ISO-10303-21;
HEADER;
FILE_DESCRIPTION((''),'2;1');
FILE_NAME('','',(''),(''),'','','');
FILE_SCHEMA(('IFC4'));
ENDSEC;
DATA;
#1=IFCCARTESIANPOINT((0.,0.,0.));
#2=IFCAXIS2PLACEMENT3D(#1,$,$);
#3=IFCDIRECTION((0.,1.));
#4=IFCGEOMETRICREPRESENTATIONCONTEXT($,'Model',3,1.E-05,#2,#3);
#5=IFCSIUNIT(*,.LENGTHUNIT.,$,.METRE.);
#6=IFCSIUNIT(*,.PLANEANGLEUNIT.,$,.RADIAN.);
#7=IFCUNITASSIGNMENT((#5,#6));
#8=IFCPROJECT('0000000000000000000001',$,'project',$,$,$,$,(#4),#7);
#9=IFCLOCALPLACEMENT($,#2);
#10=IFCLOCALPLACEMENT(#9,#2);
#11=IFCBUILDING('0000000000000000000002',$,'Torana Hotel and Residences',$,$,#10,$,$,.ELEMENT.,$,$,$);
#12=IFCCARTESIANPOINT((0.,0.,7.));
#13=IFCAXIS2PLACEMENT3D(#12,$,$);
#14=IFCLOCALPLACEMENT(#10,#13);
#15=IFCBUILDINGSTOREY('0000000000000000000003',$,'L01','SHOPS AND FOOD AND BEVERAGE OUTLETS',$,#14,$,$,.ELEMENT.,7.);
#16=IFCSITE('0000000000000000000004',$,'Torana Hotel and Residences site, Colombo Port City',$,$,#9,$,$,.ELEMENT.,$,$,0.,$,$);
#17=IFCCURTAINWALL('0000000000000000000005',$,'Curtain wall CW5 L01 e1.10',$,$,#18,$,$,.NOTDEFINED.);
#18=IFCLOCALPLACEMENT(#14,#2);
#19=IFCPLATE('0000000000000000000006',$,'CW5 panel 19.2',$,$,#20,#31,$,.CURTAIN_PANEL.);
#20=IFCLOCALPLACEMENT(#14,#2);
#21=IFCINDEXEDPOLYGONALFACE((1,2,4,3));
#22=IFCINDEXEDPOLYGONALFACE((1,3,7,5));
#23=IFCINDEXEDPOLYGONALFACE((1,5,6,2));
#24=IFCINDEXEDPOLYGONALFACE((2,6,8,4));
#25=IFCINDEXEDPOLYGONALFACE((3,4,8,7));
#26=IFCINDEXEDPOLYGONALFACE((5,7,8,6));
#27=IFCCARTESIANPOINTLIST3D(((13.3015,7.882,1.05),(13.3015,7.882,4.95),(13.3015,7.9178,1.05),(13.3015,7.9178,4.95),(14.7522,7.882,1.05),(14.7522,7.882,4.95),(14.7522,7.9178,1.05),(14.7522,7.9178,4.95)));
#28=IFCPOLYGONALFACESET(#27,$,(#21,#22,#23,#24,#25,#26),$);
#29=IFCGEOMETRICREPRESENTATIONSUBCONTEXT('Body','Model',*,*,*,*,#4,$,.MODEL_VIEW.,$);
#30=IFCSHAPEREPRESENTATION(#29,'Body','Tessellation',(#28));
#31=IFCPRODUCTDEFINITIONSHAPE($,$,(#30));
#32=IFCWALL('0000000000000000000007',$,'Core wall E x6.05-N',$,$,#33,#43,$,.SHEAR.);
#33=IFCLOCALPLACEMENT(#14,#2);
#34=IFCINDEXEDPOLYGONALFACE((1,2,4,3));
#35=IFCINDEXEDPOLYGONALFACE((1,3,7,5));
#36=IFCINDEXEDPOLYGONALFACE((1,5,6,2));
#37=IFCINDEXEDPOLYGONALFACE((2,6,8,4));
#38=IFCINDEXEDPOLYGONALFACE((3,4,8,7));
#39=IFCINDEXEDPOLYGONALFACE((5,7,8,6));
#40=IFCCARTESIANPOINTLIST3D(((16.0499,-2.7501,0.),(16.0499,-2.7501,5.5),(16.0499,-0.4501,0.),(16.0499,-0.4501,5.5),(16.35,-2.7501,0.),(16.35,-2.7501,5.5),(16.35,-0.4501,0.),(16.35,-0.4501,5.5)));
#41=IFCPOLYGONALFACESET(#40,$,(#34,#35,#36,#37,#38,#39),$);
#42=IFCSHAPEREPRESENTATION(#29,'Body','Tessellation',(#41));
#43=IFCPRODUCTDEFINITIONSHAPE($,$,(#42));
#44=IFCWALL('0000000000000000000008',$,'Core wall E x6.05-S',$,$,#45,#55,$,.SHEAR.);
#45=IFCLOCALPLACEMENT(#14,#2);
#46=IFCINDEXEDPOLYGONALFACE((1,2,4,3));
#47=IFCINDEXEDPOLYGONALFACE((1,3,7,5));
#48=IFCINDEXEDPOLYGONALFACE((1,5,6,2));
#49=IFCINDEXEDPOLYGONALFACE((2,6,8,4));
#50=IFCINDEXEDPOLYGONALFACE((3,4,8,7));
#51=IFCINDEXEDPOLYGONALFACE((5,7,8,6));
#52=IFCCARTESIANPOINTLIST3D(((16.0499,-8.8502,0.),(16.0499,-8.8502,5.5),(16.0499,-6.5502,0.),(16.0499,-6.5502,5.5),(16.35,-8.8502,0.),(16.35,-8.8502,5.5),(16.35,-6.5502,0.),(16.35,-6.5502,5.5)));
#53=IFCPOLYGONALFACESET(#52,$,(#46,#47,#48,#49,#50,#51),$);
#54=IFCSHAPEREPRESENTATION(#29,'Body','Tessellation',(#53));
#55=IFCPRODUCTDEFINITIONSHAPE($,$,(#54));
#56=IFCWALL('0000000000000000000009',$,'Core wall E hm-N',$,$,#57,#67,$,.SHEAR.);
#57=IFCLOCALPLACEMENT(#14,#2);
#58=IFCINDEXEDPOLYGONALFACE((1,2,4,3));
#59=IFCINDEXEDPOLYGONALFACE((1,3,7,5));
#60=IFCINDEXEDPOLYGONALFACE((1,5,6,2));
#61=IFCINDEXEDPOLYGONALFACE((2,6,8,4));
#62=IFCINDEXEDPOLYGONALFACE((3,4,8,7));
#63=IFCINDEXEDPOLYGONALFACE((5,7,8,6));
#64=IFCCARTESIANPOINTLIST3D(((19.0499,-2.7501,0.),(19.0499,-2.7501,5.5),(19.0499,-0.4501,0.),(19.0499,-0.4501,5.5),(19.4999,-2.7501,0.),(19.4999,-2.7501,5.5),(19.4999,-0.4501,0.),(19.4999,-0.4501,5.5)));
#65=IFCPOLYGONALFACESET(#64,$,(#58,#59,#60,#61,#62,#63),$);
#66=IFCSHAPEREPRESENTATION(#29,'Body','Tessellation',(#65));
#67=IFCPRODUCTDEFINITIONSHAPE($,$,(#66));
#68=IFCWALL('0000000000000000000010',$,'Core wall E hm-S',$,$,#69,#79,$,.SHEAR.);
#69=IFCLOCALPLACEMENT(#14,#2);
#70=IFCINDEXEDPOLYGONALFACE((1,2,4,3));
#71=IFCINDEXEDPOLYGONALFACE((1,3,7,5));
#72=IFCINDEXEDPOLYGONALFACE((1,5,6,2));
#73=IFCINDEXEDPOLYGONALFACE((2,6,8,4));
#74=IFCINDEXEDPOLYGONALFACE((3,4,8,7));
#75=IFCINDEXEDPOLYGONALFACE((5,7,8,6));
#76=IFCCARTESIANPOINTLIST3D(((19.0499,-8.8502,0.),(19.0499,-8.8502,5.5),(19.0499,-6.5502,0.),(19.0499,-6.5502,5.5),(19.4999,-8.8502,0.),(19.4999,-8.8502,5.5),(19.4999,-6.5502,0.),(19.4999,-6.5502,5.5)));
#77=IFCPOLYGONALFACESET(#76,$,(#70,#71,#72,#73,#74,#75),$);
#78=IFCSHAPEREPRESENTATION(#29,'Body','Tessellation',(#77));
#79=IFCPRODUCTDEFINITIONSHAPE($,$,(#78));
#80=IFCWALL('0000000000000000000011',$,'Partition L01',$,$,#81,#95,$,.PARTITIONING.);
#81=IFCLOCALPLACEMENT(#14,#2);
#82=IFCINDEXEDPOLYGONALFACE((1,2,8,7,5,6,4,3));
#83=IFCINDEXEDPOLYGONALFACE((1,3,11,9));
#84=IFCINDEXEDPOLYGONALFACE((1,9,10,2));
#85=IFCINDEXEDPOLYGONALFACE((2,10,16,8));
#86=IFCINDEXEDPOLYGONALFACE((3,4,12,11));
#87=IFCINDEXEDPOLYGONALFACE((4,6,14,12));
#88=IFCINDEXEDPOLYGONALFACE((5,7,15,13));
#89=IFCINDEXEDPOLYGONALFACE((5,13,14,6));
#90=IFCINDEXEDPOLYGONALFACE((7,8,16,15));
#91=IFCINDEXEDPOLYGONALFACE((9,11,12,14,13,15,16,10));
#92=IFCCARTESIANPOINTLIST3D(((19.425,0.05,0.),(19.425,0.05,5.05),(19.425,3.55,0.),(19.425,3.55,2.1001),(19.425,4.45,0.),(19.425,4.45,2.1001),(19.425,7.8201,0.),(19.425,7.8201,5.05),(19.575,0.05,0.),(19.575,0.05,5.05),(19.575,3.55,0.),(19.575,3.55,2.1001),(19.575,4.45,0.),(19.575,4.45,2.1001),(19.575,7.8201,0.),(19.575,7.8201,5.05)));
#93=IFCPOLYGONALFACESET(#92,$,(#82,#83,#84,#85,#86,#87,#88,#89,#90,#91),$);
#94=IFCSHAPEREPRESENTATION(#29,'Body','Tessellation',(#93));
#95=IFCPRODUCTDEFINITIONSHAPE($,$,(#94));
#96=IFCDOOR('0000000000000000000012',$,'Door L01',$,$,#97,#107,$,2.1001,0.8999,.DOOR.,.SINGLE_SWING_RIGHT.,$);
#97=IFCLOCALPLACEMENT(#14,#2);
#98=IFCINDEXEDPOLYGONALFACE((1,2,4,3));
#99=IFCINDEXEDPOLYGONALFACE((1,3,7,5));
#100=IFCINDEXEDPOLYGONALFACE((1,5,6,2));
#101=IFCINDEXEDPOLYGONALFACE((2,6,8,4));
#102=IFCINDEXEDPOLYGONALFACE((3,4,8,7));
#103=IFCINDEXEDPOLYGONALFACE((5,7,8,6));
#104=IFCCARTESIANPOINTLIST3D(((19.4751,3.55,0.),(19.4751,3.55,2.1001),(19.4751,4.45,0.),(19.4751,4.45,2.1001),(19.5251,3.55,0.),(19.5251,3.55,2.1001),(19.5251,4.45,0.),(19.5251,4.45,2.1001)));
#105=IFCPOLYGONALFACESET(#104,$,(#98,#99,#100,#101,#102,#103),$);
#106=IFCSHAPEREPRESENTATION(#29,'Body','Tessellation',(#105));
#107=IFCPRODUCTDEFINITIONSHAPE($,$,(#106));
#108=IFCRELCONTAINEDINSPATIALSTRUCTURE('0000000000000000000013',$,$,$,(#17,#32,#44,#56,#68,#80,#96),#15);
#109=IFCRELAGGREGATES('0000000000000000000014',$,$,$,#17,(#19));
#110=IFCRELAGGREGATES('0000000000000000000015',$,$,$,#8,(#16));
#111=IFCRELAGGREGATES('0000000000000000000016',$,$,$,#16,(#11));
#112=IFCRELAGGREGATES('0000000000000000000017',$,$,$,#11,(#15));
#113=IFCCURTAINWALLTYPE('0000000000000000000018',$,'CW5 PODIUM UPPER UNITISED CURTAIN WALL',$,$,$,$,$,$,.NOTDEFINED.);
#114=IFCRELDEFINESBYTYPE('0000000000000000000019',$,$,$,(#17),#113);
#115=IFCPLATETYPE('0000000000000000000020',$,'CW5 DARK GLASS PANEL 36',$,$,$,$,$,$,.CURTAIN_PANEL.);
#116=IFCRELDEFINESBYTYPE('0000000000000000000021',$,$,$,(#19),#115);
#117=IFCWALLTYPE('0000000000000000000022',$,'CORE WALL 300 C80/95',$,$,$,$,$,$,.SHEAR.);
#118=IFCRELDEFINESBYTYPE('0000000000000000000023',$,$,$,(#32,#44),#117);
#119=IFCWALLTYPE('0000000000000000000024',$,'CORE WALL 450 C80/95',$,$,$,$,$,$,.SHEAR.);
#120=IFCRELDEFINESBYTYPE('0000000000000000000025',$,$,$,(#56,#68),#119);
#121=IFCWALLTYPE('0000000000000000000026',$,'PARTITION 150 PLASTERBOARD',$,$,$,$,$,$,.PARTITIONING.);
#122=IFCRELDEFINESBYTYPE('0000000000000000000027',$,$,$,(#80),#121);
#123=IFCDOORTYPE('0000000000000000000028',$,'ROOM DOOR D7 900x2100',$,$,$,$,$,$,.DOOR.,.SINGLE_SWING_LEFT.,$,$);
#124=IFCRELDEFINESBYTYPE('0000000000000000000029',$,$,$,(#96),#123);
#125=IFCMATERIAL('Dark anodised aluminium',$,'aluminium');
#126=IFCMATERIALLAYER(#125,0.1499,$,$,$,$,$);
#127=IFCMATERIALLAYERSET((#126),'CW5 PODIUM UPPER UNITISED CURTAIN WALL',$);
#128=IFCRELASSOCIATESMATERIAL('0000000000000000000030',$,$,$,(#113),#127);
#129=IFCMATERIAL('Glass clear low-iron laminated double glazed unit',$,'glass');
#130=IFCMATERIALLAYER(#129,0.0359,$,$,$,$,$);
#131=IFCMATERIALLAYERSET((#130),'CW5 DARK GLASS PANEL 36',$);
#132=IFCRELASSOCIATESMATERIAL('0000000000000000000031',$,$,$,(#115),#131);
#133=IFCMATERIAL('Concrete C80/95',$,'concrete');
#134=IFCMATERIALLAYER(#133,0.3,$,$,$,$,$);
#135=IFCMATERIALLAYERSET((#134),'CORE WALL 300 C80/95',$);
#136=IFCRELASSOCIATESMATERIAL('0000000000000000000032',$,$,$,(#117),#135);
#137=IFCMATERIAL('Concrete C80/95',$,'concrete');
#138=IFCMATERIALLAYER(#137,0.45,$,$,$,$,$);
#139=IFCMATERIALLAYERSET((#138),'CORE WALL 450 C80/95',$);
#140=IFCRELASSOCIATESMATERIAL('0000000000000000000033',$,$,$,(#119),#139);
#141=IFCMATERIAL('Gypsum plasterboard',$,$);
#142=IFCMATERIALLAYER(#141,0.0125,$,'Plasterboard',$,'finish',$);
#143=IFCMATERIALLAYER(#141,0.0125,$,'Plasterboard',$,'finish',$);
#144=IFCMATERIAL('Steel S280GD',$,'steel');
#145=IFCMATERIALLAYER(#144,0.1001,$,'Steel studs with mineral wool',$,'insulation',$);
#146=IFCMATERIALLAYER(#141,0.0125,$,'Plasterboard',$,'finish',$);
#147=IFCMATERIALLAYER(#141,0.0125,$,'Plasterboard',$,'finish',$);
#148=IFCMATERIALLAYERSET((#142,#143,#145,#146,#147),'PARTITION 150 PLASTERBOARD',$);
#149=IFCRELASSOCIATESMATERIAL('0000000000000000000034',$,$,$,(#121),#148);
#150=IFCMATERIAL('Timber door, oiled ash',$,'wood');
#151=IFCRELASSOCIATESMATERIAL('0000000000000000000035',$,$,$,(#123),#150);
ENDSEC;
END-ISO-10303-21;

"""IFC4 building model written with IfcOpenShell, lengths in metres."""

from ifc_helpers import new_model, si_unit, direction, frame, frame_2d, origin, origin_2d, place, context, subcontext, project, spatial, rectangle, extrude, material, layer, layer_set, type_object, element, fill, aggregate, save


model = new_model("IFC4")

# Units and contexts
model_context = context("Model", 3, precision=1e-05, world=origin(), true_north=direction((0.0, 1.0)))
body_context = subcontext(model_context, "Body", "Model", "MODEL_VIEW")
ifc_project = project(units=[si_unit("LENGTHUNIT", "METRE"), si_unit("PLANEANGLEUNIT", "RADIAN")], contexts=[model_context])

# Site, building, storey
site_placement = place(None, origin())
site = spatial("IfcSite", under=ifc_project, at=site_placement, Name="Torana Hotel and Residences site, Colombo Port City", CompositionType="ELEMENT", RefElevation=0.0)
building_placement = place(site_placement, origin())
building = spatial("IfcBuilding", under=site, at=building_placement, Name="Torana Hotel and Residences", CompositionType="ELEMENT")
storey_placement = place(building_placement, frame((0.0, 0.0, 7.0)))
storey = spatial("IfcBuildingStorey", under=building, at=storey_placement, Name="L01", Description="SHOPS AND FOOD AND BEVERAGE OUTLETS", CompositionType="ELEMENT", Elevation=7.0)

# Curtain wall, plate
ifc_material_1 = material(Name="Dark anodised aluminium", Category="aluminium")
ifc_layer_1 = layer(ifc_material_1, 0.1499)
ifc_layer_set_1 = layer_set([ifc_layer_1], Name="CW5 PODIUM UPPER UNITISED CURTAIN WALL")
curtain_wall_type = type_object("IfcCurtainWallType", Name="CW5 PODIUM UPPER UNITISED CURTAIN WALL", PredefinedType="NOTDEFINED", material=ifc_layer_set_1)
curtain_wall_placement = place(storey_placement, origin())
curtain_wall = element("IfcCurtainWall", 1, at=curtain_wall_placement, inside=storey, type_object=curtain_wall_type, Name="Curtain wall CW5 L01 e1.10", PredefinedType="NOTDEFINED")
ifc_material_2 = material(Name="Glass clear low-iron laminated double glazed unit", Category="glass")
ifc_layer_2 = layer(ifc_material_2, 0.0359)
ifc_layer_set_2 = layer_set([ifc_layer_2], Name="CW5 DARK GLASS PANEL 36")
plate_type = type_object("IfcPlateType", Name="CW5 DARK GLASS PANEL 36", PredefinedType="CURTAIN_PANEL", material=ifc_layer_set_2)
plate_1_placement = place(storey_placement, frame((14.0269, 7.8999, 1.05), z_axis=(0.0, 0.0, 1.0), x_axis=(-1.0, 0.0, 0.0)))
plate_1 = element("IfcPlate", 2, at=plate_1_placement, type_object=plate_type, Name="CW5 panel 19.2", PredefinedType="CURTAIN_PANEL", context=body_context, shape_type="SweptSolid", body=[
    extrude(rectangle(XDim=1.4507, YDim=0.0359, at=origin_2d()), origin(), (0.0, 0.0, 1.0), 3.8999),
])
aggregate(curtain_wall, [plate_1])

# Walls
ifc_material_3 = material(Name="Concrete C80/95", Category="concrete")
ifc_layer_3 = layer(ifc_material_3, 0.3)
ifc_layer_set_3 = layer_set([ifc_layer_3], Name="CORE WALL 300 C80/95")
wall_type_1 = type_object("IfcWallType", Name="CORE WALL 300 C80/95", PredefinedType="SHEAR", material=ifc_layer_set_3)
for number, where, z_axis, x_axis, name in (
    (3, (16.2, -2.75, 0.0), (0.0, 0.0, 1.0), (0.0, 1.0, 0.0), "Core wall E x6.05-N"),
    (4, (16.2, -8.8501, 0.0), (0.0, 0.0, 1.0), (0.0, 1.0, 0.0), "Core wall E x6.05-S"),
):
    element("IfcWall", number, at=place(storey_placement, frame(where, z_axis=z_axis, x_axis=x_axis)), inside=storey, type_object=wall_type_1, Name=name, PredefinedType="SHEAR", context=body_context, shape_type="SweptSolid", body=[
        extrude(rectangle(XDim=2.3, YDim=0.3, at=frame_2d((1.1499, 0.0))), origin(), (0.0, 0.0, 1.0), 5.5),
    ])
ifc_material_4 = material(Name="Concrete C80/95", Category="concrete")
ifc_layer_4 = layer(ifc_material_4, 0.45)
ifc_layer_set_4 = layer_set([ifc_layer_4], Name="CORE WALL 450 C80/95")
wall_type_2 = type_object("IfcWallType", Name="CORE WALL 450 C80/95", PredefinedType="SHEAR", material=ifc_layer_set_4)
for number, where, z_axis, x_axis, name in (
    (5, (19.2749, -2.75, 0.0), (0.0, 0.0, 1.0), (0.0, 1.0, 0.0), "Core wall E hm-N"),
    (6, (19.2749, -8.8501, 0.0), (0.0, 0.0, 1.0), (0.0, 1.0, 0.0), "Core wall E hm-S"),
):
    element("IfcWall", number, at=place(storey_placement, frame(where, z_axis=z_axis, x_axis=x_axis)), inside=storey, type_object=wall_type_2, Name=name, PredefinedType="SHEAR", context=body_context, shape_type="SweptSolid", body=[
        extrude(rectangle(XDim=2.3, YDim=0.45, at=frame_2d((1.1499, 0.0))), origin(), (0.0, 0.0, 1.0), 5.5),
    ])

# Wall, opening, door
ifc_material_5 = material(Name="Gypsum plasterboard")
ifc_layer_5 = layer(ifc_material_5, 0.0125, Name="Plasterboard", Category="finish")
ifc_layer_6 = layer(ifc_material_5, 0.0125, Name="Plasterboard", Category="finish")
ifc_material_6 = material(Name="Steel S280GD", Category="steel")
ifc_layer_7 = layer(ifc_material_6, 0.1001, Name="Steel studs with mineral wool", Category="insulation")
ifc_layer_8 = layer(ifc_material_5, 0.0125, Name="Plasterboard", Category="finish")
ifc_layer_9 = layer(ifc_material_5, 0.0125, Name="Plasterboard", Category="finish")
ifc_layer_set_5 = layer_set([ifc_layer_5, ifc_layer_6, ifc_layer_7, ifc_layer_8, ifc_layer_9], Name="PARTITION 150 PLASTERBOARD")
wall_type_3 = type_object("IfcWallType", Name="PARTITION 150 PLASTERBOARD", PredefinedType="PARTITIONING", material=ifc_layer_set_5)
wall_placement = place(storey_placement, frame((19.5, 0.05, 0.0), z_axis=(0.0, 0.0, 1.0), x_axis=(0.0, 1.0, 0.0)))
wall = element("IfcWall", 7, at=wall_placement, inside=storey, type_object=wall_type_3, Name="Partition L01", PredefinedType="PARTITIONING", context=body_context, shape_type="SweptSolid", body=[
    extrude(rectangle(XDim=7.77, YDim=0.1499, at=frame_2d((3.885, 0.0))), origin(), (0.0, 0.0, 1.0), 5.05),
])
opening_placement = place(wall_placement, frame((3.5, 0.0, 0.0)))
opening = element("IfcOpeningElement", 8, at=opening_placement, cuts=wall, PredefinedType="OPENING", context=body_context, shape_type="SweptSolid", body=[
    extrude(rectangle(XDim=0.8999, YDim=2.1001, at=frame_2d((0.45, 1.05))), frame((0.0, 0.085, 0.0), z_axis=(0.0, -1.0, 0.0), x_axis=(1.0, 0.0, 0.0)), (0.0, 0.0, 1.0), 0.1699),
])
ifc_material_7 = material(Name="Timber door, oiled ash", Category="wood")
door_type = type_object("IfcDoorType", Name="ROOM DOOR D7 900x2100", OperationType="SINGLE_SWING_LEFT", PredefinedType="DOOR", material=ifc_material_7)
door_placement = place(opening_placement, origin())
door = element("IfcDoor", 9, at=door_placement, inside=storey, type_object=door_type, Name="Door L01", OperationType="SINGLE_SWING_RIGHT", OverallHeight=2.1001, OverallWidth=0.8999, PredefinedType="DOOR", context=body_context, shape_type="SweptSolid", body=[
    extrude(rectangle(XDim=0.8999, YDim=2.1001, at=frame_2d((0.45, 1.05))), frame((0.0, 0.0249, 0.0), z_axis=(0.0, -1.0, 0.0), x_axis=(1.0, 0.0, 0.0)), (0.0, 0.0, 1.0), 0.05),
])
fill(opening, door)

save(model, "model.ifc")
